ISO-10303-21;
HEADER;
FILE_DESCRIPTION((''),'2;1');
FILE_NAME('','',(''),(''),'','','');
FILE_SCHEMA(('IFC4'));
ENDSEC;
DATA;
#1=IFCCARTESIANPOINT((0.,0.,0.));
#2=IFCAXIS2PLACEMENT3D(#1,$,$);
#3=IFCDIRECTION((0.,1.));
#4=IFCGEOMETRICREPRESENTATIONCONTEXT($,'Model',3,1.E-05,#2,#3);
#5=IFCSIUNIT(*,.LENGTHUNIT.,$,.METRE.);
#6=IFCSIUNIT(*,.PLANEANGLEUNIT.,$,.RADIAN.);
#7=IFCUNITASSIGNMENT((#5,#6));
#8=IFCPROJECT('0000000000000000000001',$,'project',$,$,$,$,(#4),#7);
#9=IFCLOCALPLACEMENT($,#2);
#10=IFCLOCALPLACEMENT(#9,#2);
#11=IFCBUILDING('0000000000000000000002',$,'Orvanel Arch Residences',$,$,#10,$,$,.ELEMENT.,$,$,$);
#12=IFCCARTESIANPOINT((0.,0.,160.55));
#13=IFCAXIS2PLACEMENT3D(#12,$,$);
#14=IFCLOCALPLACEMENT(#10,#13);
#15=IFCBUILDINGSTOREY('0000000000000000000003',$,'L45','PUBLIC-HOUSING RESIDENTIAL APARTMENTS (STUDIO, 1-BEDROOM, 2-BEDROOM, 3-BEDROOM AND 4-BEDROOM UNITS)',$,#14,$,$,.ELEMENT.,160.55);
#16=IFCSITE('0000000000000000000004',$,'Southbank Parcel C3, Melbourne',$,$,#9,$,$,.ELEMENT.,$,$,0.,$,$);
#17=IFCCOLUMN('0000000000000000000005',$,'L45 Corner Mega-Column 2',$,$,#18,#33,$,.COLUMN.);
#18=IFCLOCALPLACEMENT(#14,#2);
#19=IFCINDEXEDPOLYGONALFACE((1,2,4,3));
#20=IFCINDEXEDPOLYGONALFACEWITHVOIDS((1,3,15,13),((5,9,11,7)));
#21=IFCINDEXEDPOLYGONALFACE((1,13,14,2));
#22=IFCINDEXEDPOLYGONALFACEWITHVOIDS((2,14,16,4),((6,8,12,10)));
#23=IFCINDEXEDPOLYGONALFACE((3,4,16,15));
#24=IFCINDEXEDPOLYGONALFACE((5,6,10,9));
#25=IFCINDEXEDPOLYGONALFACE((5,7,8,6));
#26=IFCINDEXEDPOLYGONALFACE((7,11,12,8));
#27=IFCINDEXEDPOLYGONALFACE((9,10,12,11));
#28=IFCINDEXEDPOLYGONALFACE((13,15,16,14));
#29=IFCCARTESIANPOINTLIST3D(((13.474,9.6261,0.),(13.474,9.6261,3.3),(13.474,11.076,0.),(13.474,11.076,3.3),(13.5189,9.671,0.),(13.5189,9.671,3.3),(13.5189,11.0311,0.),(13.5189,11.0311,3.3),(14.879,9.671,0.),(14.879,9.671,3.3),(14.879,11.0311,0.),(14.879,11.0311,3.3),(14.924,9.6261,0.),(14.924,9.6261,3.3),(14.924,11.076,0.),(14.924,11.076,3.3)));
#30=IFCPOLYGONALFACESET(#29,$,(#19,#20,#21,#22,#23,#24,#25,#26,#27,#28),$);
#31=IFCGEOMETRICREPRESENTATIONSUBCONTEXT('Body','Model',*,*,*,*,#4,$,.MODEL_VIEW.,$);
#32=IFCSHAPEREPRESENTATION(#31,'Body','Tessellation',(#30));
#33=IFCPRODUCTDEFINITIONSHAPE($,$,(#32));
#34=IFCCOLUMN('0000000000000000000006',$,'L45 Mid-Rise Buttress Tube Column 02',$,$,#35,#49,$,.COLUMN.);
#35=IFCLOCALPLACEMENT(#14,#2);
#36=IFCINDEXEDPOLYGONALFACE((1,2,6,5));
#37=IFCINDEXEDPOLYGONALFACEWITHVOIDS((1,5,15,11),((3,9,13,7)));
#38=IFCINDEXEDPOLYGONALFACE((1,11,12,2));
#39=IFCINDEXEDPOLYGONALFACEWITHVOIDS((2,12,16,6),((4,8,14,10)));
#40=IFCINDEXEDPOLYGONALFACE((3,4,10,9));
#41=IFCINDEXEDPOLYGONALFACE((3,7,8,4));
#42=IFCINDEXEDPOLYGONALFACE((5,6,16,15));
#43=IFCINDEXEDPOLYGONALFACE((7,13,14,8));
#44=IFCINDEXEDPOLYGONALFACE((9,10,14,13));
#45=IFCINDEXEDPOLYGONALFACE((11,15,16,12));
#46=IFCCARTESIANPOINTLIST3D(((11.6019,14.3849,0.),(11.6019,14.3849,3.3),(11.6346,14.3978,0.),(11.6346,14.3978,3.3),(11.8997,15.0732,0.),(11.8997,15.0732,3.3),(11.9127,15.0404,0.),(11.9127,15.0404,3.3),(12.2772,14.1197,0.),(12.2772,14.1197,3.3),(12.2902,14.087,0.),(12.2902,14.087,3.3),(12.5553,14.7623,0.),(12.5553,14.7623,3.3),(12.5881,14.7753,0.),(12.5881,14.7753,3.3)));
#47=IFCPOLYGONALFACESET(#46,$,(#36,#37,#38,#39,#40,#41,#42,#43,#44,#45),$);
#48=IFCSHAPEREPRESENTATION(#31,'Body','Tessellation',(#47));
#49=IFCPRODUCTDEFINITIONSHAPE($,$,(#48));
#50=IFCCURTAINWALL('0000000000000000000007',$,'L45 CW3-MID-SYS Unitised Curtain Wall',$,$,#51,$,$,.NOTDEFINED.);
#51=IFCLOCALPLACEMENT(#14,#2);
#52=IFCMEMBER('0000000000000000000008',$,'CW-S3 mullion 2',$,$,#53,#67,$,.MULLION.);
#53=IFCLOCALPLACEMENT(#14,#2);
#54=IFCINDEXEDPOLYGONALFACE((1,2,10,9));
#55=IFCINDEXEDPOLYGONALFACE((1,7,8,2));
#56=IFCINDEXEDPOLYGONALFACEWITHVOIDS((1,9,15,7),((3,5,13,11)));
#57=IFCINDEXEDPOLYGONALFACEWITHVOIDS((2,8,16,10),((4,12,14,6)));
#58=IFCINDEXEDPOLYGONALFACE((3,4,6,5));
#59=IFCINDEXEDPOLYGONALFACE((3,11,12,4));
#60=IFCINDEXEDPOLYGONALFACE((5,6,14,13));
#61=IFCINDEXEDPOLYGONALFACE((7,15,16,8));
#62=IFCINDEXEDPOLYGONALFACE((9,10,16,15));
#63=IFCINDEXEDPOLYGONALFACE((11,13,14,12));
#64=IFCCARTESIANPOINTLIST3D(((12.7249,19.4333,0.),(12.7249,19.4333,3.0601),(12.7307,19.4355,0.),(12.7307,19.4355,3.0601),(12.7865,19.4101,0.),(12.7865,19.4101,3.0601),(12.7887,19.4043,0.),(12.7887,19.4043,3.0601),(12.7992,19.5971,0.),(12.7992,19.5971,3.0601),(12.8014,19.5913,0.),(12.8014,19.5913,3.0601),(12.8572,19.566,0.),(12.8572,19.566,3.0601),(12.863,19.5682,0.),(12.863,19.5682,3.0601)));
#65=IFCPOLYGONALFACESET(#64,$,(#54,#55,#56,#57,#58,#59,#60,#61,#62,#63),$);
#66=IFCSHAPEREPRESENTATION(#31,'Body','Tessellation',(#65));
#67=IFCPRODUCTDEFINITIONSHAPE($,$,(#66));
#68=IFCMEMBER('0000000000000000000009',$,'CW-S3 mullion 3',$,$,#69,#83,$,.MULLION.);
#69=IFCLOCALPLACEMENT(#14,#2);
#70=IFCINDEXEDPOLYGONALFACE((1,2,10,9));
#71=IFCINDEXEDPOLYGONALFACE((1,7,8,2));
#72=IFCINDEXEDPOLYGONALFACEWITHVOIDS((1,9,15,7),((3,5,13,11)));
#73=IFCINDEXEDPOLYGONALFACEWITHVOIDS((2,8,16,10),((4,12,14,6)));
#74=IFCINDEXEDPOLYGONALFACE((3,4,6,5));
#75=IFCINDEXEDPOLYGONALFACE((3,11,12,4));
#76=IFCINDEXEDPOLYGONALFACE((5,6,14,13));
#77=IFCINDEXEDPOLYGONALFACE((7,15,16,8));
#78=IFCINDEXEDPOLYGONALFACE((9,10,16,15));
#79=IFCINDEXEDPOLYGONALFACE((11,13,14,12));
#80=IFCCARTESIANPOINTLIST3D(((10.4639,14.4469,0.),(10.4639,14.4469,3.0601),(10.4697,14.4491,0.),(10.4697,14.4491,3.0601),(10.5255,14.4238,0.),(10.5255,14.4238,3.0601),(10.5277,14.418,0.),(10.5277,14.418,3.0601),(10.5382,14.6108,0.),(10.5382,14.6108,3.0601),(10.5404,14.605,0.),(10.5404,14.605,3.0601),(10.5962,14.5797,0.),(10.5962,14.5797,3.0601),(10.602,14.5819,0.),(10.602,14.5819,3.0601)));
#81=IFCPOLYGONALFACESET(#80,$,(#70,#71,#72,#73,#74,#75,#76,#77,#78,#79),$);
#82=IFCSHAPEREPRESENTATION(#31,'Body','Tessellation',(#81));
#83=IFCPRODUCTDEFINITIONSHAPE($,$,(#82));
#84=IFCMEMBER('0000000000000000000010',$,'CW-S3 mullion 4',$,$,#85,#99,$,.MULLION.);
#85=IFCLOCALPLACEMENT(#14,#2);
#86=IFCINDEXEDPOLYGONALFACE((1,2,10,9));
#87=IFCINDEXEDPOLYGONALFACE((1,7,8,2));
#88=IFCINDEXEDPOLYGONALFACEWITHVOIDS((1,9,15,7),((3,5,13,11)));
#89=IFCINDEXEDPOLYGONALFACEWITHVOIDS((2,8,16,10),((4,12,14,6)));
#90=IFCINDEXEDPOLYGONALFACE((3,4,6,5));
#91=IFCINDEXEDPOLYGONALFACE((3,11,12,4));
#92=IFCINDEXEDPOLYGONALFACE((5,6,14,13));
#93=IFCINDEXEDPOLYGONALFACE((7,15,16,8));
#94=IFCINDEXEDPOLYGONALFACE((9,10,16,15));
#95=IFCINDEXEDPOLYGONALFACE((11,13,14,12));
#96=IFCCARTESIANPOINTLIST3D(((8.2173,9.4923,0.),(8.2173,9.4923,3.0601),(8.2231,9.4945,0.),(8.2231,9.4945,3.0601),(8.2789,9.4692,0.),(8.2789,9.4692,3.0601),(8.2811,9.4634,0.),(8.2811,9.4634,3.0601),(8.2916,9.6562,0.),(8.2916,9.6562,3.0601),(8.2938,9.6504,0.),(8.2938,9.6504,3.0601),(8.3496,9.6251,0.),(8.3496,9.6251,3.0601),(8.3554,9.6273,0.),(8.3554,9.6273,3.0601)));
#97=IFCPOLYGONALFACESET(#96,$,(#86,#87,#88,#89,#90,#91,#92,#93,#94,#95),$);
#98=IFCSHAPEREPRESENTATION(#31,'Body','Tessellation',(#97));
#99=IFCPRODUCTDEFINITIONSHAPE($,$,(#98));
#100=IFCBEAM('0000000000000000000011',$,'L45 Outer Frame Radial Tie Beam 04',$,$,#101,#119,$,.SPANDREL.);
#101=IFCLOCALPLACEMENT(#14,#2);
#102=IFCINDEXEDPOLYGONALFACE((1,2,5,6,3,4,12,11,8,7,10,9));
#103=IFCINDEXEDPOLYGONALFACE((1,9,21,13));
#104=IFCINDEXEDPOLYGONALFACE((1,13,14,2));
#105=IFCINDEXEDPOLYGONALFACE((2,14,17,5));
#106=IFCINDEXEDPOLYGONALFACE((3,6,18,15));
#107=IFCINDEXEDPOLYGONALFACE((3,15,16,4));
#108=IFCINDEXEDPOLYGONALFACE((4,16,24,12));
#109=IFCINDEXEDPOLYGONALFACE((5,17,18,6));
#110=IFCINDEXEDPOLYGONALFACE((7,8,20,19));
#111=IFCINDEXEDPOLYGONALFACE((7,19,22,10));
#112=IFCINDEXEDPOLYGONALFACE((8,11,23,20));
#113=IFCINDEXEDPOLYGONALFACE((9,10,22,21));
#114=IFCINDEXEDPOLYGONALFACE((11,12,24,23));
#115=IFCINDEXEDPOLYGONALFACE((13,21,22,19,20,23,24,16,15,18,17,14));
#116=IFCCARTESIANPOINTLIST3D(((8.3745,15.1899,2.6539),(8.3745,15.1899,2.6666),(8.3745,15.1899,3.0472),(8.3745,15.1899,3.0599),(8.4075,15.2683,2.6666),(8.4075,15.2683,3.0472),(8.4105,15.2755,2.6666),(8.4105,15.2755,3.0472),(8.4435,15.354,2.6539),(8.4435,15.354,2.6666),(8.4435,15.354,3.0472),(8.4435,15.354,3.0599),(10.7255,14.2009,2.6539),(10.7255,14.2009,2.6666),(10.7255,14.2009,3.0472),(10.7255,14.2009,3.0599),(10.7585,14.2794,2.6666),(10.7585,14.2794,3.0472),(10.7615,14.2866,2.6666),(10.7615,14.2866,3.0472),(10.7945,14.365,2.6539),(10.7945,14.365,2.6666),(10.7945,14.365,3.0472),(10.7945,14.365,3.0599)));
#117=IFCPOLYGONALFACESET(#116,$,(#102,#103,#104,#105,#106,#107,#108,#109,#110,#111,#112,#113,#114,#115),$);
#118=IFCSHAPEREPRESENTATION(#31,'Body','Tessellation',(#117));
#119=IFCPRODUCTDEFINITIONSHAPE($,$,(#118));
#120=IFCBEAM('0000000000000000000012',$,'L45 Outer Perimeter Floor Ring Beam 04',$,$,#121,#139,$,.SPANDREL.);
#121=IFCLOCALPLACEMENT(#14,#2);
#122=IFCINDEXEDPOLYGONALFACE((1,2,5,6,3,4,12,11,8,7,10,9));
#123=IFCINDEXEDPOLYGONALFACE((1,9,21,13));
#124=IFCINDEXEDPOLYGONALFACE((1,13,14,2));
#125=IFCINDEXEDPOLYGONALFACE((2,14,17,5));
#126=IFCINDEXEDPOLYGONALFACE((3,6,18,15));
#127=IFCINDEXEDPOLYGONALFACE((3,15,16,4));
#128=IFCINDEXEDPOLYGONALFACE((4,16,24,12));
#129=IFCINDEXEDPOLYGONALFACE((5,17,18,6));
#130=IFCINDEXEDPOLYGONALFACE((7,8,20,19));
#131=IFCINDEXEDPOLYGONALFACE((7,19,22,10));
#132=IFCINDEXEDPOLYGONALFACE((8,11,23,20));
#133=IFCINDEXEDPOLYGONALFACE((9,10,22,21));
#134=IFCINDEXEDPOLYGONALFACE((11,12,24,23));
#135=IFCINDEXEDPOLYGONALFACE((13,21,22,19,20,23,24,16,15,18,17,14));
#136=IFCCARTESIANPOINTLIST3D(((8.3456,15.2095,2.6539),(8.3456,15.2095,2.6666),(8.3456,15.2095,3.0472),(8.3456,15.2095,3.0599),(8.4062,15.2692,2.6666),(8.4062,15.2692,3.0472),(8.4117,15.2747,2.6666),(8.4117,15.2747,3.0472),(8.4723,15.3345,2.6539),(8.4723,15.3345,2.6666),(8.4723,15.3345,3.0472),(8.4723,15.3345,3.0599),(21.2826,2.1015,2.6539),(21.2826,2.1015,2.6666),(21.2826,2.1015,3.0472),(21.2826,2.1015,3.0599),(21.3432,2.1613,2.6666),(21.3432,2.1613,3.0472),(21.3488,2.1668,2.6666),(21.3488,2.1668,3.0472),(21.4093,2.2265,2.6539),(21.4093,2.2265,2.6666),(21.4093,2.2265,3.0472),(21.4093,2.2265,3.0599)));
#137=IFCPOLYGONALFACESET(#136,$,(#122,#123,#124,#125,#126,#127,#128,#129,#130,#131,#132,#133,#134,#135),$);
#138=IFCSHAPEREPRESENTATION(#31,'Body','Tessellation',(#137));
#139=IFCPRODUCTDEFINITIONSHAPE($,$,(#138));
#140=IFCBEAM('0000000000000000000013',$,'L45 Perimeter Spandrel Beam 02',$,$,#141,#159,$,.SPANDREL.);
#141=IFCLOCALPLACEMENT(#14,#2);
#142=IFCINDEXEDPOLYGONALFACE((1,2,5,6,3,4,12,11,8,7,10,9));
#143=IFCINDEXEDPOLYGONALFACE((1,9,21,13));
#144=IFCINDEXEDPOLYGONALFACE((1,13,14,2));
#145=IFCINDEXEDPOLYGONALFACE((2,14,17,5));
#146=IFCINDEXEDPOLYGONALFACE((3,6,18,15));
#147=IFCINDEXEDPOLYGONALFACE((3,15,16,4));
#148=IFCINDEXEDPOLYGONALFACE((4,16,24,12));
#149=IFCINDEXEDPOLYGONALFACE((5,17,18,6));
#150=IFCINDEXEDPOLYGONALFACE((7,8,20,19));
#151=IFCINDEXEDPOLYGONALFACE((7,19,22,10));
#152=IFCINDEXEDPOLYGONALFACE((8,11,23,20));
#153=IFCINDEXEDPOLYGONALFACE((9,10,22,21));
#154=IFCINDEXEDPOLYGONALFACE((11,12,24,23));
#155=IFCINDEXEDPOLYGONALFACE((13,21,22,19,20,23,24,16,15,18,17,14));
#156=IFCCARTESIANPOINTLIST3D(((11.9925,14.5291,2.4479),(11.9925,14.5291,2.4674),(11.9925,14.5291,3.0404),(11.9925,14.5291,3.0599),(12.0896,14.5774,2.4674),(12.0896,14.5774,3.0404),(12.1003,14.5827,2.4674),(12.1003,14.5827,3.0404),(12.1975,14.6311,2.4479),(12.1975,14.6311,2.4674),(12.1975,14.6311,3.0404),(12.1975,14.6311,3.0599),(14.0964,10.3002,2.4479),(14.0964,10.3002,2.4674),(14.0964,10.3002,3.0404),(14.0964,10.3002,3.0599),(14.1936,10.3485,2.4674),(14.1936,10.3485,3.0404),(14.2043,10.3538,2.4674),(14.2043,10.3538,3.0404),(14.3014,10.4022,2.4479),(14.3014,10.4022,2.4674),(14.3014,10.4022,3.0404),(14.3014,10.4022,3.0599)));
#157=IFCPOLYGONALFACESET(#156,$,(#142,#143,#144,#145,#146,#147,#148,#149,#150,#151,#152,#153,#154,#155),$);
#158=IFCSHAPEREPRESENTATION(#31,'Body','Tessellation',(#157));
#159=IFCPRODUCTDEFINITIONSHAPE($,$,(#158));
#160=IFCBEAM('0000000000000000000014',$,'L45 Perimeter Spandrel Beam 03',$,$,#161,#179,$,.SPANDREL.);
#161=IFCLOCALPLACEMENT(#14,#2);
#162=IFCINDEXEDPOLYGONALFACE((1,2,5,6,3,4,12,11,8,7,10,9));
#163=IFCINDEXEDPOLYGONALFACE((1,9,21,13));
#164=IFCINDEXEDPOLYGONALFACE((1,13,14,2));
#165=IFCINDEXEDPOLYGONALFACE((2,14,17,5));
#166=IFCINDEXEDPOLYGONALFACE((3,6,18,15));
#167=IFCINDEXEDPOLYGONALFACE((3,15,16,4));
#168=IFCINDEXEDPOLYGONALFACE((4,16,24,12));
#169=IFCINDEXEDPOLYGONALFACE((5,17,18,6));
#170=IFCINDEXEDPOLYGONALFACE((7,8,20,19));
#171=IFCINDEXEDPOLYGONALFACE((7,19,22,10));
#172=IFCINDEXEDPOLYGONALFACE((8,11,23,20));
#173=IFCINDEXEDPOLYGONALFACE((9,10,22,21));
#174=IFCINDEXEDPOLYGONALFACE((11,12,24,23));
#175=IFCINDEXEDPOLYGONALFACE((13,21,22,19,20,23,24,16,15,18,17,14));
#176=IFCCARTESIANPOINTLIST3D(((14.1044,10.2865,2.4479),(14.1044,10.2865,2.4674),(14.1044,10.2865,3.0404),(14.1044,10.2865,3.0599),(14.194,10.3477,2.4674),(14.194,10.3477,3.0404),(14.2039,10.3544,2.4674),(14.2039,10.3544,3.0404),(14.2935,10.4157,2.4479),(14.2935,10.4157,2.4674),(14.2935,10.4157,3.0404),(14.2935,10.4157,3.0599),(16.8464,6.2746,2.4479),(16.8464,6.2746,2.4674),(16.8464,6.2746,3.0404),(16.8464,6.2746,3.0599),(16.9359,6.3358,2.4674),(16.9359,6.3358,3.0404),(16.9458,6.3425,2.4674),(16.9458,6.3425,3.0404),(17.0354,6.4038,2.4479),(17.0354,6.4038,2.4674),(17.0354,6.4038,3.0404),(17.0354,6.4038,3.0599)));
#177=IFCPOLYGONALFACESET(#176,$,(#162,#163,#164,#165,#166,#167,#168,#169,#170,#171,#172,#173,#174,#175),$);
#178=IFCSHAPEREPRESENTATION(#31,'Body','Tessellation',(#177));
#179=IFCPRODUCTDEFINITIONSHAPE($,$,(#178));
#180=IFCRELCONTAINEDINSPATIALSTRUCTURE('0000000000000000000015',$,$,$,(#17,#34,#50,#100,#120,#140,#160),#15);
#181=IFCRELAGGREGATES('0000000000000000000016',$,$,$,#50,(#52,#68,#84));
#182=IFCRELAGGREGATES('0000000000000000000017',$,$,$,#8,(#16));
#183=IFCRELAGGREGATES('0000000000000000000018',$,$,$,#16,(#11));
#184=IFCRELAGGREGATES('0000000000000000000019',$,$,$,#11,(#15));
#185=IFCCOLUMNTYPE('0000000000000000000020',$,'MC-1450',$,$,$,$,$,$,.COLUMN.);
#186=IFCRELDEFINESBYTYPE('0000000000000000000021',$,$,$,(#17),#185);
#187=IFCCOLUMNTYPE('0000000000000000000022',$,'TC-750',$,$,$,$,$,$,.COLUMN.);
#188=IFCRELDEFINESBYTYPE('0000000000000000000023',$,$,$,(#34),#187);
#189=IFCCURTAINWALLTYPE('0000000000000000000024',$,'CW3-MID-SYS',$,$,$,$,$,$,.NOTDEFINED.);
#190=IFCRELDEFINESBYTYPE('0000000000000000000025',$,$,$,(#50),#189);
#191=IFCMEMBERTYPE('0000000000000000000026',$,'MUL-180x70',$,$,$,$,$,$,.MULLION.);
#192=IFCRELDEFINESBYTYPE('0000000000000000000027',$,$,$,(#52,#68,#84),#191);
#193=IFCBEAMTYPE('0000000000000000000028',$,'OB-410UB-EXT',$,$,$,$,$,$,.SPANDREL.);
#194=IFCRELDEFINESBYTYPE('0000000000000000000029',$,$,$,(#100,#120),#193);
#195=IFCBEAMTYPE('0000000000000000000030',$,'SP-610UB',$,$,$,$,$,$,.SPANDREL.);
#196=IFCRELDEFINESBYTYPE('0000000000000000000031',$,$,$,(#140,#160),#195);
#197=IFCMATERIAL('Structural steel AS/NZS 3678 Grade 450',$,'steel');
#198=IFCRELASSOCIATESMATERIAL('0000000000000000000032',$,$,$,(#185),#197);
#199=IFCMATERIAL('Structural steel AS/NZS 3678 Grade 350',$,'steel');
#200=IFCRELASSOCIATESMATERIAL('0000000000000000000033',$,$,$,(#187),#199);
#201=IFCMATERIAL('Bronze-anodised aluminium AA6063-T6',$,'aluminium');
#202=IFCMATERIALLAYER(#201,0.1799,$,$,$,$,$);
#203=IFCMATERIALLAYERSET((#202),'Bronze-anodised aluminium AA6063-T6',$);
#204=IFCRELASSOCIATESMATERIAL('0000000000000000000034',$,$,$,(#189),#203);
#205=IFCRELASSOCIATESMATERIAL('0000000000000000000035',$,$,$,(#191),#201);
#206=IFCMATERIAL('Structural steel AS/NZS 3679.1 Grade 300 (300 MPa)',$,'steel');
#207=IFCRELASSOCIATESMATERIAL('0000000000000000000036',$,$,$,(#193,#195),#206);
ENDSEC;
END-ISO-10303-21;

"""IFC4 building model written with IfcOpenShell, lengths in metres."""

from ifc_helpers import new_model, si_unit, direction, frame, origin, origin_2d, place, context, subcontext, project, spatial, hollow_rectangle, i_section, extrude, material, layer, layer_set, material_profile, profile_set, type_object, element, aggregate, save


model = new_model("IFC4")

# Units and contexts
model_context = context("Model", 3, precision=1e-05, world=origin(), true_north=direction((0.0, 1.0)))
body_context = subcontext(model_context, "Body", "Model", "MODEL_VIEW")
ifc_project = project(units=[si_unit("LENGTHUNIT", "METRE"), si_unit("PLANEANGLEUNIT", "RADIAN")], contexts=[model_context])

# Site, building, storey
site_placement = place(None, origin())
site = spatial("IfcSite", under=ifc_project, at=site_placement, Name="Southbank Parcel C3, Melbourne", CompositionType="ELEMENT", RefElevation=0.0)
building_placement = place(site_placement, origin())
building = spatial("IfcBuilding", under=site, at=building_placement, Name="Orvanel Arch Residences", CompositionType="ELEMENT")
storey_placement = place(building_placement, frame((0.0, 0.0, 160.55)))
storey = spatial("IfcBuildingStorey", under=building, at=storey_placement, Name="L45", Description="PUBLIC-HOUSING RESIDENTIAL APARTMENTS (STUDIO, 1-BEDROOM, 2-BEDROOM, 3-BEDROOM AND 4-BEDROOM UNITS)", CompositionType="ELEMENT", Elevation=160.55)

# Columns
ifc_material_1 = material(Name="Structural steel AS/NZS 3678 Grade 450", Category="steel")
ifc_material_profile_1 = material_profile(ifc_material_1, hollow_rectangle(XDim=1.45, YDim=1.45, WallThickness=0.0449, at=origin_2d()), Name="BOX1450x1450x45")
ifc_profile_set_1 = profile_set([ifc_material_profile_1], Name="Structural steel AS/NZS 3678 Grade 450")
column_type_1 = type_object("IfcColumnType", Name="MC-1450", PredefinedType="COLUMN", material=ifc_profile_set_1)
column_1_placement = place(storey_placement, frame((14.199, 10.3511, 0.0), z_axis=(0.0, 0.0, 1.0), x_axis=(1.0, 0.0, 0.0)))
element("IfcColumn", 1, at=column_1_placement, inside=storey, type_object=column_type_1, Name="L45 Corner Mega-Column 2", PredefinedType="COLUMN", context=body_context, shape_type="SweptSolid", body=[
    extrude(hollow_rectangle(XDim=1.45, YDim=1.45, WallThickness=0.0449, at=origin_2d()), origin(), (0.0, 0.0, 1.0), 3.3),
])
ifc_material_2 = material(Name="Structural steel AS/NZS 3678 Grade 350", Category="steel")
ifc_material_profile_2 = material_profile(ifc_material_2, hollow_rectangle(XDim=0.75, YDim=0.75, WallThickness=0.0249, at=origin_2d()), Name="BOX750x750x25")
ifc_profile_set_2 = profile_set([ifc_material_profile_2], Name="Structural steel AS/NZS 3678 Grade 350")
column_type_2 = type_object("IfcColumnType", Name="TC-750", PredefinedType="COLUMN", material=ifc_profile_set_2)
column_2_placement = place(storey_placement, frame((12.095, 14.5801, 0.0), z_axis=(0.0, 0.0, 1.0), x_axis=(0.397148, 0.917755, 0.0)))
element("IfcColumn", 2, at=column_2_placement, inside=storey, type_object=column_type_2, Name="L45 Mid-Rise Buttress Tube Column 02", PredefinedType="COLUMN", context=body_context, shape_type="SweptSolid", body=[
    extrude(hollow_rectangle(XDim=0.75, YDim=0.75, WallThickness=0.0249, at=origin_2d()), origin(), (0.0, 0.0, 1.0), 3.3),
])

# Curtain wall, members
ifc_material_3 = material(Name="Bronze-anodised aluminium AA6063-T6", Category="aluminium")
ifc_layer_1 = layer(ifc_material_3, 0.1799)
ifc_layer_set_1 = layer_set([ifc_layer_1], Name="Bronze-anodised aluminium AA6063-T6")
curtain_wall_type = type_object("IfcCurtainWallType", Name="CW3-MID-SYS", PredefinedType="NOTDEFINED", material=ifc_layer_set_1)
curtain_wall_placement = place(storey_placement, origin())
curtain_wall = element("IfcCurtainWall", 3, at=curtain_wall_placement, inside=storey, type_object=curtain_wall_type, Name="L45 CW3-MID-SYS Unitised Curtain Wall", PredefinedType="NOTDEFINED")
ifc_material_profile_3 = material_profile(ifc_material_3, hollow_rectangle(XDim=0.0701, YDim=0.1799, WallThickness=0.0044, at=origin_2d()), Name="ALU180x70x4.5")
ifc_profile_set_3 = profile_set([ifc_material_profile_3], Name="Bronze-anodised aluminium AA6063-T6")
member_type_1 = type_object("IfcMemberType", Name="MUL-180x70", PredefinedType="MULLION", material=ifc_profile_set_3)
member_1_placement = place(storey_placement, frame((12.7939, 19.5007, 0.0), z_axis=(0.0, 0.0, 1.0), x_axis=(0.910746, -0.412968, 0.0)))
member_1 = element("IfcMember", 4, at=member_1_placement, type_object=member_type_1, Name="CW-S3 mullion 2", PredefinedType="MULLION", context=body_context, shape_type="SweptSolid", body=[
    extrude(hollow_rectangle(XDim=0.0701, YDim=0.1799, WallThickness=0.0044, at=origin_2d()), origin(), (0.0, 0.0, 1.0), 3.0601),
])
member_2_placement = place(storey_placement, frame((10.533, 14.5144, 0.0), z_axis=(0.0, 0.0, 1.0), x_axis=(0.910746, -0.412968, 0.0)))
member_2 = element("IfcMember", 5, at=member_2_placement, type_object=member_type_1, Name="CW-S3 mullion 3", PredefinedType="MULLION", context=body_context, shape_type="SweptSolid", body=[
    extrude(hollow_rectangle(XDim=0.0701, YDim=0.1799, WallThickness=0.0044, at=origin_2d()), origin(), (0.0, 0.0, 1.0), 3.0601),
])
member_3_placement = place(storey_placement, frame((8.2864, 9.5598, 0.0), z_axis=(0.0, 0.0, 1.0), x_axis=(0.910746, -0.412968, 0.0)))
member_3 = element("IfcMember", 6, at=member_3_placement, type_object=member_type_1, Name="CW-S3 mullion 4", PredefinedType="MULLION", context=body_context, shape_type="SweptSolid", body=[
    extrude(hollow_rectangle(XDim=0.0701, YDim=0.1799, WallThickness=0.0044, at=origin_2d()), origin(), (0.0, 0.0, 1.0), 3.0601),
])

# Beams
ifc_material_4 = material(Name="Structural steel AS/NZS 3679.1 Grade 300 (300 MPa)", Category="steel")
ifc_material_profile_4 = material_profile(ifc_material_4, i_section(OverallWidth=0.178, OverallDepth=0.406, WebThickness=0.0078, FlangeThickness=0.0127, at=origin_2d()), Name="410UB59.7")
ifc_profile_set_4 = profile_set([ifc_material_profile_4], Name="Structural steel AS/NZS 3679.1 Grade 300 (300 MPa)")
beam_type_1 = type_object("IfcBeamType", Name="OB-410UB-EXT", PredefinedType="SPANDREL", material=ifc_profile_set_4)
beam_1_placement = place(storey_placement, frame((10.76, 14.283, 2.8569), z_axis=(-0.921763, 0.387753, 0.0), x_axis=(-0.387753, -0.921763, 0.0)))
element("IfcBeam", 7, at=beam_1_placement, inside=storey, type_object=beam_type_1, Name="L45 Outer Frame Radial Tie Beam 04", PredefinedType="SPANDREL", context=body_context, shape_type="SweptSolid", body=[
    extrude(i_section(OverallWidth=0.178, OverallDepth=0.406, WebThickness=0.0078, FlangeThickness=0.0127, at=origin_2d()), origin(), (0.0, 0.0, 1.0), 2.5505),
])
beam_2_placement = place(storey_placement, frame((8.4089, 15.272, 2.8569), z_axis=(0.702452, -0.711731, 0.0), x_axis=(0.711731, 0.702452, 0.0)))
element("IfcBeam", 8, at=beam_2_placement, inside=storey, type_object=beam_type_1, Name="L45 Outer Perimeter Floor Ring Beam 04", PredefinedType="SPANDREL", context=body_context, shape_type="SweptSolid", body=[
    extrude(i_section(OverallWidth=0.178, OverallDepth=0.406, WebThickness=0.0078, FlangeThickness=0.0127, at=origin_2d()), origin(), (0.0, 0.0, 1.0), 18.417),
])
ifc_material_profile_5 = material_profile(ifc_material_4, i_section(OverallWidth=0.229, OverallDepth=0.6121, WebThickness=0.012, FlangeThickness=0.0195, at=origin_2d()), Name="610UB125")
ifc_profile_set_5 = profile_set([ifc_material_profile_5], Name="Structural steel AS/NZS 3679.1 Grade 300 (300 MPa)")
beam_type_2 = type_object("IfcBeamType", Name="SP-610UB", PredefinedType="SPANDREL", material=ifc_profile_set_5)
beam_3_placement = place(storey_placement, frame((12.095, 14.5801, 2.7539), z_axis=(0.445435, -0.895314, 0.0), x_axis=(0.895314, 0.445435, 0.0)))
element("IfcBeam", 9, at=beam_3_placement, inside=storey, type_object=beam_type_2, Name="L45 Perimeter Spandrel Beam 02", PredefinedType="SPANDREL", context=body_context, shape_type="SweptSolid", body=[
    extrude(i_section(OverallWidth=0.229, OverallDepth=0.6121, WebThickness=0.012, FlangeThickness=0.0195, at=origin_2d()), origin(), (0.0, 0.0, 1.0), 4.7234),
])
beam_4_placement = place(storey_placement, frame((14.199, 10.3511, 2.7539), z_axis=(0.564252, -0.825603, 0.0), x_axis=(0.825603, 0.564252, 0.0)))
element("IfcBeam", 10, at=beam_4_placement, inside=storey, type_object=beam_type_2, Name="L45 Perimeter Spandrel Beam 03", PredefinedType="SPANDREL", context=body_context, shape_type="SweptSolid", body=[
    extrude(i_section(OverallWidth=0.229, OverallDepth=0.6121, WebThickness=0.012, FlangeThickness=0.0195, at=origin_2d()), origin(), (0.0, 0.0, 1.0), 4.8594),
])

aggregate(curtain_wall, [member_1, member_2, member_3])

save(model, "model.ifc")
